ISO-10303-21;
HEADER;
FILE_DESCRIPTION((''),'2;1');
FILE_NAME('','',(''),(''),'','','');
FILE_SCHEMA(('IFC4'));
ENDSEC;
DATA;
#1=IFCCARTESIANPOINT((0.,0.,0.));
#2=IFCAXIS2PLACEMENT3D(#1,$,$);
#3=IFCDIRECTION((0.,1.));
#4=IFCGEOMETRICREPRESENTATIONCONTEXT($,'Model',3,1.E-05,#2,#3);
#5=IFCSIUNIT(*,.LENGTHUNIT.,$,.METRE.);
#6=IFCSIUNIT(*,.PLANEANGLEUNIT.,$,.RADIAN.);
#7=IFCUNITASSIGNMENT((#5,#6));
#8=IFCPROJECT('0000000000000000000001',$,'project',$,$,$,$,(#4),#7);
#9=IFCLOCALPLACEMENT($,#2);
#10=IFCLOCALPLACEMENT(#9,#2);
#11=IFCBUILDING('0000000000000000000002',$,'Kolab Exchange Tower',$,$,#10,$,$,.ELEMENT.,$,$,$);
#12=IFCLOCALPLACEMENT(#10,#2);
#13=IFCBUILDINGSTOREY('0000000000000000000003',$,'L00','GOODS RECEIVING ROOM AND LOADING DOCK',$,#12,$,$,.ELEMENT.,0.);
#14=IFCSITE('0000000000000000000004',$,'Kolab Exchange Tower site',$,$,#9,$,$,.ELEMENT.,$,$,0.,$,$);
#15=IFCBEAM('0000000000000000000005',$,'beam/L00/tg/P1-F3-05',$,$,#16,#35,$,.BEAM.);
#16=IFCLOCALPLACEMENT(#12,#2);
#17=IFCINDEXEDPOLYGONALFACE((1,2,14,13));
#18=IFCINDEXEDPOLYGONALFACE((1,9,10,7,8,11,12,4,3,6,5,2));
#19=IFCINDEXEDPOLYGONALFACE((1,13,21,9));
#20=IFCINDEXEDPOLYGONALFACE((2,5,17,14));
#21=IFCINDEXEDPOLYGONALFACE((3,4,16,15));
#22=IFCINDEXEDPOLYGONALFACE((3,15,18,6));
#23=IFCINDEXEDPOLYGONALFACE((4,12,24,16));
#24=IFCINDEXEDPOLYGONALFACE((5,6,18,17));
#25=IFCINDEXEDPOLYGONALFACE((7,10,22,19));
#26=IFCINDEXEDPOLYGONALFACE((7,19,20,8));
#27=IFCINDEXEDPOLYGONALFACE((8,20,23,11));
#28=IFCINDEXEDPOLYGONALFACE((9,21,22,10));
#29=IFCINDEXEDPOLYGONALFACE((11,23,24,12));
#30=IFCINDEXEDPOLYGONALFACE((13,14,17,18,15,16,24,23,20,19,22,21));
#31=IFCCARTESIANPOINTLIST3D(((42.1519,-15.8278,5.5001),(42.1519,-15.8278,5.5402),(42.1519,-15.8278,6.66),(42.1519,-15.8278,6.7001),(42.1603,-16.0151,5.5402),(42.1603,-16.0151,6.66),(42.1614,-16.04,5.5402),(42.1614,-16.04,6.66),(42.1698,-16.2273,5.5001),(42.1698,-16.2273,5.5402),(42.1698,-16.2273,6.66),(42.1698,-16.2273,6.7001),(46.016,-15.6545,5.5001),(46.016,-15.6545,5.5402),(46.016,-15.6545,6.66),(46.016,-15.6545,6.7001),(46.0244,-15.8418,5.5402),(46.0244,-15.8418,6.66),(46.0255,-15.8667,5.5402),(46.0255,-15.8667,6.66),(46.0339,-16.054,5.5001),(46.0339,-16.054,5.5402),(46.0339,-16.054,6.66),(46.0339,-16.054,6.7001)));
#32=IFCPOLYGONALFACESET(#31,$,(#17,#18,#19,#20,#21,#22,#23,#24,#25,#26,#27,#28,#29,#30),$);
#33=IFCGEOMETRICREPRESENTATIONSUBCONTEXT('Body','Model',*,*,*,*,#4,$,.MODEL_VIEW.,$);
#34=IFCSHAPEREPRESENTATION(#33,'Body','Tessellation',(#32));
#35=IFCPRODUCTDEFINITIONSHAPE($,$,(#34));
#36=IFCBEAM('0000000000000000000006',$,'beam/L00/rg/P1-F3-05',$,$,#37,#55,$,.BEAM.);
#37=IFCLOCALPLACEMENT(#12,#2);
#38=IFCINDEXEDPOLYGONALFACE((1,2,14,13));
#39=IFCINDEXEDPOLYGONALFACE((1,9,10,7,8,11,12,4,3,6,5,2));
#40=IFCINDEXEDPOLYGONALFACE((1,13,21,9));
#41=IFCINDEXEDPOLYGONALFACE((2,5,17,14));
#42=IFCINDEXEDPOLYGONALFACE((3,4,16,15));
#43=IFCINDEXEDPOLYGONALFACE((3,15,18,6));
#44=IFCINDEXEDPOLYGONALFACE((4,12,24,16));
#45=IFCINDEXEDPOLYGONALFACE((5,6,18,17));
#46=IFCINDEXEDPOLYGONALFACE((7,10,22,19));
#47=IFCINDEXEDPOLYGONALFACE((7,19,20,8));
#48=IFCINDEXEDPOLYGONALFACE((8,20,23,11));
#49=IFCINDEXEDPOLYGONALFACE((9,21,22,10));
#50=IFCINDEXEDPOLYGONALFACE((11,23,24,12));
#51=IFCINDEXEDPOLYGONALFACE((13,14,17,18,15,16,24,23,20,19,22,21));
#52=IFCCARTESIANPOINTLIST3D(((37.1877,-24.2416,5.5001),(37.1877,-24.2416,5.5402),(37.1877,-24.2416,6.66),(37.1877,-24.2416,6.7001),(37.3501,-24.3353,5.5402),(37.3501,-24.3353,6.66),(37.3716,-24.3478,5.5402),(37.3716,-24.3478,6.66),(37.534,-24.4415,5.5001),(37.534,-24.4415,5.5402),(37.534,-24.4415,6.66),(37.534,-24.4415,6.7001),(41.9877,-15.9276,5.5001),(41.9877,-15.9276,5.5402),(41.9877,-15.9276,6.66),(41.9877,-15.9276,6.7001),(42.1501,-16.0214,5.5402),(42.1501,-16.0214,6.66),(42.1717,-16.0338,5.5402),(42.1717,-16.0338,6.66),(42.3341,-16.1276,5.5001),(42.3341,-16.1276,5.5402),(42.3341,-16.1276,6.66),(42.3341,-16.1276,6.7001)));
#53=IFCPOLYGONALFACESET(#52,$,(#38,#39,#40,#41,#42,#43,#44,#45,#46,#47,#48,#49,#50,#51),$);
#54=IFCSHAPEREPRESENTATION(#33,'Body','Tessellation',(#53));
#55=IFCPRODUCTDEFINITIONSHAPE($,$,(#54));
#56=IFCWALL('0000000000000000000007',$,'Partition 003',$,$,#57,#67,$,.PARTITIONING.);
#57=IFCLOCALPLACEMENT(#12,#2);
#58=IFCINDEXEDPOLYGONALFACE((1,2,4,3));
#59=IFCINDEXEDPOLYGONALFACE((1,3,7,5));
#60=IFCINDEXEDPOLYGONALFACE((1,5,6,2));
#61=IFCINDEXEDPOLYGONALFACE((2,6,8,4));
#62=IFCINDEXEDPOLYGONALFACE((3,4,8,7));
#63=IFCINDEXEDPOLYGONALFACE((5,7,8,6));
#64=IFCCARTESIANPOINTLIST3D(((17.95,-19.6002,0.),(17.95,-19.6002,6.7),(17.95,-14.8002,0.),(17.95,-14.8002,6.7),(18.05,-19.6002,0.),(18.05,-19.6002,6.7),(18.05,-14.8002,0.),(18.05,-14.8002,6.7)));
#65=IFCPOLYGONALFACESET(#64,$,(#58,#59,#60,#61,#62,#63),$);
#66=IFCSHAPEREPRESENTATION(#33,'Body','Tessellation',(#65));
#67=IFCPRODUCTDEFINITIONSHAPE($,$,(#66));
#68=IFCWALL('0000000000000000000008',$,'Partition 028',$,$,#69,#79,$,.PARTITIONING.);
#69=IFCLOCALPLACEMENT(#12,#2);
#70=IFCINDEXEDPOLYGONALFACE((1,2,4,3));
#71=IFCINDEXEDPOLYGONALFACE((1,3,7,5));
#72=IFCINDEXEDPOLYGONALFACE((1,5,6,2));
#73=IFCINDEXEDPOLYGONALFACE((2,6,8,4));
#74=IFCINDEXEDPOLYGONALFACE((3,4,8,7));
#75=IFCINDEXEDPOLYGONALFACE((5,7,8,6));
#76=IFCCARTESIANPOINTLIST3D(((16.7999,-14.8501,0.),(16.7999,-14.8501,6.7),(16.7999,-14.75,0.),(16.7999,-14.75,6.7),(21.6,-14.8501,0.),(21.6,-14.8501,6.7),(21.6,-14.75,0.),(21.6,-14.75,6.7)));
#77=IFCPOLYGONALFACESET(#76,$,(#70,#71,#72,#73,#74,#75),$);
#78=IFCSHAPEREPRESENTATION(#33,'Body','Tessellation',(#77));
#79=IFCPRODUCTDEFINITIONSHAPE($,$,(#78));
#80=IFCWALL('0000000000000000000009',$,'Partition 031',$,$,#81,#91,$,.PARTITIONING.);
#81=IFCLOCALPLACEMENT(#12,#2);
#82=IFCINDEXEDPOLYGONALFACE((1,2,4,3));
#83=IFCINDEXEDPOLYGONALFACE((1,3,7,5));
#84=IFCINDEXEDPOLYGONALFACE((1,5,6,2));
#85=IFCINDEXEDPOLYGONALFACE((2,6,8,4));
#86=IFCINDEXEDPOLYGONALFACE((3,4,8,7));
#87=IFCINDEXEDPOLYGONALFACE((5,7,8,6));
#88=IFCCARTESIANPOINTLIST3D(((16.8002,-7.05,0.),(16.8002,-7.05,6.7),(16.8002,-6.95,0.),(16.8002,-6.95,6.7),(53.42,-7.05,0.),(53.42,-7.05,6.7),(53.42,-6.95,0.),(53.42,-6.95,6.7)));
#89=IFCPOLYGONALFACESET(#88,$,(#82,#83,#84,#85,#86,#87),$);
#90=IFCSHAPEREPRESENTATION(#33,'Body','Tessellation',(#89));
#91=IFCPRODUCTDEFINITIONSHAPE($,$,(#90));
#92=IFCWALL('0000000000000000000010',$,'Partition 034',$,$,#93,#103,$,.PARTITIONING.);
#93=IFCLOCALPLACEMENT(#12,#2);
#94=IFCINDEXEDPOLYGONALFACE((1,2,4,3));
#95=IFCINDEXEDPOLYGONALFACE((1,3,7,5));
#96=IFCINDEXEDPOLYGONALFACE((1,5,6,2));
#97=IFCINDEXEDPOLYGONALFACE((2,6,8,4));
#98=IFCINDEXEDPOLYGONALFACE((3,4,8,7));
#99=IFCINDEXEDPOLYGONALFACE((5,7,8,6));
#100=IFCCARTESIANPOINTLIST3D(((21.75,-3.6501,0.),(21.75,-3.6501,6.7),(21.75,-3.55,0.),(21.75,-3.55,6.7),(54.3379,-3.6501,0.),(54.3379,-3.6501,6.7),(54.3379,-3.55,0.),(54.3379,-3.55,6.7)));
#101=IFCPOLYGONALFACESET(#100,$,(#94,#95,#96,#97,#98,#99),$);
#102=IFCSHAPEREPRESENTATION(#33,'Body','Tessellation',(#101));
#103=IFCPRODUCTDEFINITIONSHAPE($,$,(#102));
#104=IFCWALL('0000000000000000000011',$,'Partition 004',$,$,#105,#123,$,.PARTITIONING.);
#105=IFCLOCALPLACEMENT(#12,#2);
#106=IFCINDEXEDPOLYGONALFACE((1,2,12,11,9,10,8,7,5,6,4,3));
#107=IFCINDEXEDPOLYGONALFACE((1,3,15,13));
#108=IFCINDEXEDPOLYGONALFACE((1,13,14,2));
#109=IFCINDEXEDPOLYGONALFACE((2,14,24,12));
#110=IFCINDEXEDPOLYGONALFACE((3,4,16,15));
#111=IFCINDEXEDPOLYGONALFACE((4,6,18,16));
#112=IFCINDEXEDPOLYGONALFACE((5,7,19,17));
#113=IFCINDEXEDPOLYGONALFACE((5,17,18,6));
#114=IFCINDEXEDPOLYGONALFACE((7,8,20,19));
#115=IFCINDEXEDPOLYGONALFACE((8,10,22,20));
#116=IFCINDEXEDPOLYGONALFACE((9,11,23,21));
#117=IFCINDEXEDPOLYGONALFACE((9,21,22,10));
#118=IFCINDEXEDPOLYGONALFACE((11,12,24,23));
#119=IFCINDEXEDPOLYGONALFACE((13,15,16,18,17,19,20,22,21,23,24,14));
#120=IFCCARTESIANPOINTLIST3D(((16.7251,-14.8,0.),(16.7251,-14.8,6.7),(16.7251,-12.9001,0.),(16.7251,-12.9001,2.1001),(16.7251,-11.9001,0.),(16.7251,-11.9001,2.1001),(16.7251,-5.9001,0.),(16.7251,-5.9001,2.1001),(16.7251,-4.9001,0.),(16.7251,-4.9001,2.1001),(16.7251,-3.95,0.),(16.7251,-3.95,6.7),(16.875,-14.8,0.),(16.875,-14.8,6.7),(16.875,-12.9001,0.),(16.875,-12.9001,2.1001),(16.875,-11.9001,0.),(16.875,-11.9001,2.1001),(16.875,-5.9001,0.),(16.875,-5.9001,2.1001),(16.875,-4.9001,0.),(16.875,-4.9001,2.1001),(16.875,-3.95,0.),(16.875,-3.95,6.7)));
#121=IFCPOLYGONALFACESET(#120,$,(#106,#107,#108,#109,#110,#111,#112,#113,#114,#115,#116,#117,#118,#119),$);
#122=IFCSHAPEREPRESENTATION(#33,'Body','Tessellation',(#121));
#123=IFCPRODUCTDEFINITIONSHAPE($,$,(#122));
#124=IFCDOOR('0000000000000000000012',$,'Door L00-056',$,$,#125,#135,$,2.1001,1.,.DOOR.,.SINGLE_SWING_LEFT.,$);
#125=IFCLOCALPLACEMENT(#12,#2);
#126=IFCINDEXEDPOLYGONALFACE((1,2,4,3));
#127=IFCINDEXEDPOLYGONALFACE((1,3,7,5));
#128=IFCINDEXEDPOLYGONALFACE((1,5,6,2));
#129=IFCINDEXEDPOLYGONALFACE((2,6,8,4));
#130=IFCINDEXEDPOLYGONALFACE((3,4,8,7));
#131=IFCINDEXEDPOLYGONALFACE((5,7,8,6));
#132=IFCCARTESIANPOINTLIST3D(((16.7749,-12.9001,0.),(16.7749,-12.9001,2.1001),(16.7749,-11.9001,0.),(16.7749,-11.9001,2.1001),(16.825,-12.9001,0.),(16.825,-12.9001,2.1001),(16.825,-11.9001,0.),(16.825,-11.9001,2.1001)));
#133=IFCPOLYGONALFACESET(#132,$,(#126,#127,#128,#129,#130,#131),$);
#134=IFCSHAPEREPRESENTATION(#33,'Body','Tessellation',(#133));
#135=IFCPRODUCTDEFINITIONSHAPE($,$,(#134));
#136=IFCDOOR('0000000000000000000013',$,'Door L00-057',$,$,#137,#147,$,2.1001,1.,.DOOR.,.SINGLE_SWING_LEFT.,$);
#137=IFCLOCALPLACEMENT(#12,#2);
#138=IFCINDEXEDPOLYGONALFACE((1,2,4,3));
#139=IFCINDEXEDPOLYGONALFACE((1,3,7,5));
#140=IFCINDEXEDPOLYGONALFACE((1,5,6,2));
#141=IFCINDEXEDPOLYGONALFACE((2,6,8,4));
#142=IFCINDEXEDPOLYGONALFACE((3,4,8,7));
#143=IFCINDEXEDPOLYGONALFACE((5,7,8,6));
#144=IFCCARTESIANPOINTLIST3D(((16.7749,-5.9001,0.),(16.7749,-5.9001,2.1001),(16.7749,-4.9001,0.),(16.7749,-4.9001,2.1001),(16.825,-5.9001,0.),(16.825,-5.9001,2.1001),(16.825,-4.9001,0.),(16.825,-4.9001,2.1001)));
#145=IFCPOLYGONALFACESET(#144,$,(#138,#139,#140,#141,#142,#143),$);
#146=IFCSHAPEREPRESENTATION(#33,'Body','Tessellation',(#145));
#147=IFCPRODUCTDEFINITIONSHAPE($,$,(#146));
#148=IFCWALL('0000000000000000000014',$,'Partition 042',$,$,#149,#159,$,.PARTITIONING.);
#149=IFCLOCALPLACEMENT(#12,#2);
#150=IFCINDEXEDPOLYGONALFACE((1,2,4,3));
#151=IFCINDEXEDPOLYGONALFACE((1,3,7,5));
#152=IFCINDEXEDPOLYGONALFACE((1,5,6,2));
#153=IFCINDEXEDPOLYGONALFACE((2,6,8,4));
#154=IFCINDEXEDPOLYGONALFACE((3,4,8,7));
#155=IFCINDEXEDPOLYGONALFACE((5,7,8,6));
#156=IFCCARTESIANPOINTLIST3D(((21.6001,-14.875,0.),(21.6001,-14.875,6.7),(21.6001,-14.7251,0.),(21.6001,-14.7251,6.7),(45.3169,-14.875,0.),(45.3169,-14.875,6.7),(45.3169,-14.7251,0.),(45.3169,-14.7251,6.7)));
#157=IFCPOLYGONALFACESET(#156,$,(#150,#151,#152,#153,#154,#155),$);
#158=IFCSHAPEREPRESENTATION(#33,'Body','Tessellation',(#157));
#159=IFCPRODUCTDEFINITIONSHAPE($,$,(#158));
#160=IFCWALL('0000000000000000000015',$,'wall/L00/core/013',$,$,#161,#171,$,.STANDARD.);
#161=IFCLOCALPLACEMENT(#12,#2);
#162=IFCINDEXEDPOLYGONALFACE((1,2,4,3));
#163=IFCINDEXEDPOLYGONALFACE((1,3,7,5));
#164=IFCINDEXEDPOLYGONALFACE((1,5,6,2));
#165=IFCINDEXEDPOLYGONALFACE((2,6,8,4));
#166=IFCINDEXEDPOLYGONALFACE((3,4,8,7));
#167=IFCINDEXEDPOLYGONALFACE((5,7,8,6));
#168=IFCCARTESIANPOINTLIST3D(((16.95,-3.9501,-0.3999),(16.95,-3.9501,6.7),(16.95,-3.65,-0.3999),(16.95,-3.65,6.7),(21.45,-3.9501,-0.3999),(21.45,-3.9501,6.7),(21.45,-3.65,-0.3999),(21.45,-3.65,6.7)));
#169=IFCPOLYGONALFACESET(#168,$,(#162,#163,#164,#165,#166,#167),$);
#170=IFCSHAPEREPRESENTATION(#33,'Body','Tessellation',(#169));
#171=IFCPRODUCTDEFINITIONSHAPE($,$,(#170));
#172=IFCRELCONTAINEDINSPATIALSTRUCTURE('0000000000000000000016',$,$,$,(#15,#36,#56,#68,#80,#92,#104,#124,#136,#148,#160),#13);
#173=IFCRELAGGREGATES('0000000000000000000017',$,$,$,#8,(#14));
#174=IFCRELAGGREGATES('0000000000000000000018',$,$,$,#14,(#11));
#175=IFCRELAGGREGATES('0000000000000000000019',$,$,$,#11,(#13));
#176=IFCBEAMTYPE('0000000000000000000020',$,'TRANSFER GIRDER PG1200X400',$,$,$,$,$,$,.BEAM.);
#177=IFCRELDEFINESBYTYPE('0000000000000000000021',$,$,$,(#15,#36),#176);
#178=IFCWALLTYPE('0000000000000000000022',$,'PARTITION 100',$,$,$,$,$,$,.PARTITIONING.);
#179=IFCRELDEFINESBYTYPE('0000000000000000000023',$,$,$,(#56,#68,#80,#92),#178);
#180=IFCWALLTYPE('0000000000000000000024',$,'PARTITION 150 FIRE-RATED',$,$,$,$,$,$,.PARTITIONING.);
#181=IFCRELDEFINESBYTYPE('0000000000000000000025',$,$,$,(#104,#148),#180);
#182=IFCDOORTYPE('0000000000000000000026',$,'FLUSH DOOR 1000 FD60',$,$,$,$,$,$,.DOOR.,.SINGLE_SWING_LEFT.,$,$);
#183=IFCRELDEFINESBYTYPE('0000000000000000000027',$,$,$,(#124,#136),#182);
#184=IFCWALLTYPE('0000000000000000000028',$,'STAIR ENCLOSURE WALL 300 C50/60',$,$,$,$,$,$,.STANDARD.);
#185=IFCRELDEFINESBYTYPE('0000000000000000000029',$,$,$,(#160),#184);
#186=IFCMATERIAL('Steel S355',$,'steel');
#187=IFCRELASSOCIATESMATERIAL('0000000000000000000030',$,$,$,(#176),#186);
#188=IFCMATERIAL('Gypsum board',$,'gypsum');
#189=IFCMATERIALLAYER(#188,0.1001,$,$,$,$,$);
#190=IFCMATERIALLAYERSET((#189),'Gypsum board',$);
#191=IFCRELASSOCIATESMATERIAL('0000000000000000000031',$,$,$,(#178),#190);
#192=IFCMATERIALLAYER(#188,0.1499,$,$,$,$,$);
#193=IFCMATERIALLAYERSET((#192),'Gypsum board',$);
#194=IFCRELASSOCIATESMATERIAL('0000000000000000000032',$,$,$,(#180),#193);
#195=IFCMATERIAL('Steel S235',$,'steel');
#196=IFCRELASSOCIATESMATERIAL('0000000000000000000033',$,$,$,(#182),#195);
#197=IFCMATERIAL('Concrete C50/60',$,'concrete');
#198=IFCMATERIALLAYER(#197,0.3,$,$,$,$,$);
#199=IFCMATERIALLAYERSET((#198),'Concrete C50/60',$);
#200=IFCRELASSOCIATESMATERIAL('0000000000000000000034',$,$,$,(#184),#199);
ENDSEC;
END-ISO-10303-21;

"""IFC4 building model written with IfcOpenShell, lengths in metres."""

from ifc_helpers import new_model, si_unit, direction, frame, frame_2d, origin, origin_2d, place, context, subcontext, project, spatial, rectangle, i_section, extrude, material, layer, layer_set, material_profile, profile_set, type_object, element, fill, save


model = new_model("IFC4")

# Units and contexts
model_context = context("Model", 3, precision=1e-05, world=origin(), true_north=direction((0.0, 1.0)))
body_context = subcontext(model_context, "Body", "Model", "MODEL_VIEW")
ifc_project = project(units=[si_unit("LENGTHUNIT", "METRE"), si_unit("PLANEANGLEUNIT", "RADIAN")], contexts=[model_context])

# Site, building, storey
site_placement = place(None, origin())
site = spatial("IfcSite", under=ifc_project, at=site_placement, Name="Kolab Exchange Tower site", CompositionType="ELEMENT", RefElevation=0.0)
building_placement = place(site_placement, origin())
building = spatial("IfcBuilding", under=site, at=building_placement, Name="Kolab Exchange Tower", CompositionType="ELEMENT")
storey_placement = place(building_placement, origin())
storey = spatial("IfcBuildingStorey", under=building, at=storey_placement, Name="L00", Description="GOODS RECEIVING ROOM AND LOADING DOCK", CompositionType="ELEMENT", Elevation=0.0)

# Beams
ifc_material_1 = material(Name="Steel S355", Category="steel")
ifc_material_profile_1 = material_profile(ifc_material_1, i_section(OverallWidth=0.3999, OverallDepth=1.2, WebThickness=0.0249, FlangeThickness=0.04, at=origin_2d()), Name="PG1200X400")
ifc_profile_set_1 = profile_set([ifc_material_profile_1], Name="Steel S355")
beam_type = type_object("IfcBeamType", Name="TRANSFER GIRDER PG1200X400", PredefinedType="BEAM", material=ifc_profile_set_1)
beam_1_placement = place(storey_placement, frame((42.1609, -16.0276, 6.1001), z_axis=(0.998995, 0.044815, 0.0), x_axis=(-0.044815, 0.998995, 0.0)))
element("IfcBeam", 1, at=beam_1_placement, inside=storey, type_object=beam_type, Name="beam/L00/tg/P1-F3-05", PredefinedType="BEAM", context=body_context, shape_type="SweptSolid", body=[
    extrude(i_section(OverallWidth=0.3999, OverallDepth=1.2, WebThickness=0.0249, FlangeThickness=0.04, at=origin_2d()), origin(), (0.0, 0.0, 1.0), 3.8679),
])
beam_2_placement = place(storey_placement, frame((42.1609, -16.0276, 6.1001), z_axis=(-0.499998, -0.866026, 0.0), x_axis=(0.866026, -0.499998, 0.0)))
element("IfcBeam", 2, at=beam_2_placement, inside=storey, type_object=beam_type, Name="beam/L00/rg/P1-F3-05", PredefinedType="BEAM", context=body_context, shape_type="SweptSolid", body=[
    extrude(i_section(OverallWidth=0.3999, OverallDepth=1.2, WebThickness=0.0249, FlangeThickness=0.04, at=origin_2d()), origin(), (0.0, 0.0, 1.0), 9.6001),
])

# Walls
ifc_material_2 = material(Name="Gypsum board", Category="gypsum")
ifc_layer_1 = layer(ifc_material_2, 0.1001)
ifc_layer_set_1 = layer_set([ifc_layer_1], Name="Gypsum board")
wall_type_1 = type_object("IfcWallType", Name="PARTITION 100", PredefinedType="PARTITIONING", material=ifc_layer_set_1)
for number, where, z_axis, x_axis, name in (
    (3, (18.0, -19.6001, 0.0), (0.0, 0.0, 1.0), (0.0, 1.0, 0.0), "Partition 003"),
    (4, (16.8, -14.8, 0.0), (0.0, 0.0, 1.0), (1.0, 0.0, 0.0), "Partition 028"),
):
    element("IfcWall", number, at=place(storey_placement, frame(where, z_axis=z_axis, x_axis=x_axis)), inside=storey, type_object=wall_type_1, Name=name, PredefinedType="PARTITIONING", context=body_context, shape_type="SweptSolid", body=[
        extrude(rectangle(XDim=4.8, YDim=0.1001, at=frame_2d((2.3999, 0.0))), origin(), (0.0, 0.0, 1.0), 6.7),
    ])
wall_1_placement = place(storey_placement, frame((16.8, -7.0, 0.0), z_axis=(0.0, 0.0, 1.0), x_axis=(1.0, 0.0, 0.0)))
element("IfcWall", 5, at=wall_1_placement, inside=storey, type_object=wall_type_1, Name="Partition 031", PredefinedType="PARTITIONING", context=body_context, shape_type="SweptSolid", body=[
    extrude(rectangle(XDim=36.6199, YDim=0.1001, at=frame_2d((18.3101, 0.0))), origin(), (0.0, 0.0, 1.0), 6.7),
])
wall_2_placement = place(storey_placement, frame((21.75, -3.6001, 0.0), z_axis=(0.0, 0.0, 1.0), x_axis=(1.0, 0.0, 0.0)))
element("IfcWall", 6, at=wall_2_placement, inside=storey, type_object=wall_type_1, Name="Partition 034", PredefinedType="PARTITIONING", context=body_context, shape_type="SweptSolid", body=[
    extrude(rectangle(XDim=32.5879, YDim=0.1001, at=frame_2d((16.2939, 0.0))), origin(), (0.0, 0.0, 1.0), 6.7),
])

# Wall, openings, doors
ifc_layer_2 = layer(ifc_material_2, 0.1499)
ifc_layer_set_2 = layer_set([ifc_layer_2], Name="Gypsum board")
wall_type_2 = type_object("IfcWallType", Name="PARTITION 150 FIRE-RATED", PredefinedType="PARTITIONING", material=ifc_layer_set_2)
wall_3_placement = place(storey_placement, frame((16.8, -14.8, 0.0), z_axis=(0.0, 0.0, 1.0), x_axis=(0.0, 1.0, 0.0)))
wall_3 = element("IfcWall", 7, at=wall_3_placement, inside=storey, type_object=wall_type_2, Name="Partition 004", PredefinedType="PARTITIONING", context=body_context, shape_type="SweptSolid", body=[
    extrude(rectangle(XDim=10.8501, YDim=0.1499, at=frame_2d((5.425, 0.0))), origin(), (0.0, 0.0, 1.0), 6.7),
])
opening_1_placement = place(wall_3_placement, frame((1.8999, 0.0, 0.0)))
opening_1 = element("IfcOpeningElement", 8, at=opening_1_placement, cuts=wall_3, PredefinedType="OPENING", context=body_context, shape_type="SweptSolid", body=[
    extrude(rectangle(XDim=1.0, YDim=2.1001, at=frame_2d((0.5, 1.05))), frame((0.0, 0.085, 0.0), z_axis=(0.0, -1.0, 0.0), x_axis=(1.0, 0.0, 0.0)), (0.0, 0.0, 1.0), 0.1699),
])
opening_2_placement = place(wall_3_placement, frame((8.8999, 0.0, 0.0)))
opening_2 = element("IfcOpeningElement", 9, at=opening_2_placement, cuts=wall_3, PredefinedType="OPENING", context=body_context, shape_type="SweptSolid", body=[
    extrude(rectangle(XDim=1.0, YDim=2.1001, at=frame_2d((0.5, 1.05))), frame((0.0, 0.085, 0.0), z_axis=(0.0, -1.0, 0.0), x_axis=(1.0, 0.0, 0.0)), (0.0, 0.0, 1.0), 0.1699),
])
ifc_material_3 = material(Name="Steel S235", Category="steel")
door_type_1 = type_object("IfcDoorType", Name="FLUSH DOOR 1000 FD60", OperationType="SINGLE_SWING_LEFT", PredefinedType="DOOR", material=ifc_material_3)
door_1_placement = place(opening_1_placement, frame((1.0, 0.0, 0.0), z_axis=(0.0, 0.0, 1.0), x_axis=(-1.0, 0.0, 0.0)))
door_1 = element("IfcDoor", 10, at=door_1_placement, inside=storey, type_object=door_type_1, Name="Door L00-056", OperationType="SINGLE_SWING_LEFT", OverallHeight=2.1001, OverallWidth=1.0, PredefinedType="DOOR", context=body_context, shape_type="SweptSolid", body=[
    extrude(rectangle(XDim=1.0, YDim=2.1001, at=frame_2d((0.5, 1.05))), frame((0.0, 0.0249, 0.0), z_axis=(0.0, -1.0, 0.0), x_axis=(1.0, 0.0, 0.0)), (0.0, 0.0, 1.0), 0.05),
])
fill(opening_1, door_1)
door_2_placement = place(opening_2_placement, frame((1.0, 0.0, 0.0), z_axis=(0.0, 0.0, 1.0), x_axis=(-1.0, 0.0, 0.0)))
door_2 = element("IfcDoor", 11, at=door_2_placement, inside=storey, type_object=door_type_1, Name="Door L00-057", OperationType="SINGLE_SWING_LEFT", OverallHeight=2.1001, OverallWidth=1.0, PredefinedType="DOOR", context=body_context, shape_type="SweptSolid", body=[
    extrude(rectangle(XDim=1.0, YDim=2.1001, at=frame_2d((0.5, 1.05))), frame((0.0, 0.0249, 0.0), z_axis=(0.0, -1.0, 0.0), x_axis=(1.0, 0.0, 0.0)), (0.0, 0.0, 1.0), 0.05),
])
fill(opening_2, door_2)

# Walls
wall_4_placement = place(storey_placement, frame((21.6001, -14.8, 0.0), z_axis=(0.0, 0.0, 1.0), x_axis=(1.0, 0.0, 0.0)))
element("IfcWall", 12, at=wall_4_placement, inside=storey, type_object=wall_type_2, Name="Partition 042", PredefinedType="PARTITIONING", context=body_context, shape_type="SweptSolid", body=[
    extrude(rectangle(XDim=23.7168, YDim=0.1499, at=frame_2d((11.8584, 0.0))), origin(), (0.0, 0.0, 1.0), 6.7),
])
ifc_material_4 = material(Name="Concrete C50/60", Category="concrete")
ifc_layer_3 = layer(ifc_material_4, 0.3)
ifc_layer_set_3 = layer_set([ifc_layer_3], Name="Concrete C50/60")
wall_type_3 = type_object("IfcWallType", Name="STAIR ENCLOSURE WALL 300 C50/60", PredefinedType="STANDARD", material=ifc_layer_set_3)
wall_5_placement = place(storey_placement, frame((16.95, -3.8, -0.3999), z_axis=(0.0, 0.0, 1.0), x_axis=(1.0, 0.0, 0.0)))
element("IfcWall", 13, at=wall_5_placement, inside=storey, type_object=wall_type_3, Name="wall/L00/core/013", PredefinedType="STANDARD", context=body_context, shape_type="SweptSolid", body=[
    extrude(rectangle(XDim=4.5, YDim=0.3, at=frame_2d((2.25, 0.0))), origin(), (0.0, 0.0, 1.0), 7.0999),
])

save(model, "model.ifc")
